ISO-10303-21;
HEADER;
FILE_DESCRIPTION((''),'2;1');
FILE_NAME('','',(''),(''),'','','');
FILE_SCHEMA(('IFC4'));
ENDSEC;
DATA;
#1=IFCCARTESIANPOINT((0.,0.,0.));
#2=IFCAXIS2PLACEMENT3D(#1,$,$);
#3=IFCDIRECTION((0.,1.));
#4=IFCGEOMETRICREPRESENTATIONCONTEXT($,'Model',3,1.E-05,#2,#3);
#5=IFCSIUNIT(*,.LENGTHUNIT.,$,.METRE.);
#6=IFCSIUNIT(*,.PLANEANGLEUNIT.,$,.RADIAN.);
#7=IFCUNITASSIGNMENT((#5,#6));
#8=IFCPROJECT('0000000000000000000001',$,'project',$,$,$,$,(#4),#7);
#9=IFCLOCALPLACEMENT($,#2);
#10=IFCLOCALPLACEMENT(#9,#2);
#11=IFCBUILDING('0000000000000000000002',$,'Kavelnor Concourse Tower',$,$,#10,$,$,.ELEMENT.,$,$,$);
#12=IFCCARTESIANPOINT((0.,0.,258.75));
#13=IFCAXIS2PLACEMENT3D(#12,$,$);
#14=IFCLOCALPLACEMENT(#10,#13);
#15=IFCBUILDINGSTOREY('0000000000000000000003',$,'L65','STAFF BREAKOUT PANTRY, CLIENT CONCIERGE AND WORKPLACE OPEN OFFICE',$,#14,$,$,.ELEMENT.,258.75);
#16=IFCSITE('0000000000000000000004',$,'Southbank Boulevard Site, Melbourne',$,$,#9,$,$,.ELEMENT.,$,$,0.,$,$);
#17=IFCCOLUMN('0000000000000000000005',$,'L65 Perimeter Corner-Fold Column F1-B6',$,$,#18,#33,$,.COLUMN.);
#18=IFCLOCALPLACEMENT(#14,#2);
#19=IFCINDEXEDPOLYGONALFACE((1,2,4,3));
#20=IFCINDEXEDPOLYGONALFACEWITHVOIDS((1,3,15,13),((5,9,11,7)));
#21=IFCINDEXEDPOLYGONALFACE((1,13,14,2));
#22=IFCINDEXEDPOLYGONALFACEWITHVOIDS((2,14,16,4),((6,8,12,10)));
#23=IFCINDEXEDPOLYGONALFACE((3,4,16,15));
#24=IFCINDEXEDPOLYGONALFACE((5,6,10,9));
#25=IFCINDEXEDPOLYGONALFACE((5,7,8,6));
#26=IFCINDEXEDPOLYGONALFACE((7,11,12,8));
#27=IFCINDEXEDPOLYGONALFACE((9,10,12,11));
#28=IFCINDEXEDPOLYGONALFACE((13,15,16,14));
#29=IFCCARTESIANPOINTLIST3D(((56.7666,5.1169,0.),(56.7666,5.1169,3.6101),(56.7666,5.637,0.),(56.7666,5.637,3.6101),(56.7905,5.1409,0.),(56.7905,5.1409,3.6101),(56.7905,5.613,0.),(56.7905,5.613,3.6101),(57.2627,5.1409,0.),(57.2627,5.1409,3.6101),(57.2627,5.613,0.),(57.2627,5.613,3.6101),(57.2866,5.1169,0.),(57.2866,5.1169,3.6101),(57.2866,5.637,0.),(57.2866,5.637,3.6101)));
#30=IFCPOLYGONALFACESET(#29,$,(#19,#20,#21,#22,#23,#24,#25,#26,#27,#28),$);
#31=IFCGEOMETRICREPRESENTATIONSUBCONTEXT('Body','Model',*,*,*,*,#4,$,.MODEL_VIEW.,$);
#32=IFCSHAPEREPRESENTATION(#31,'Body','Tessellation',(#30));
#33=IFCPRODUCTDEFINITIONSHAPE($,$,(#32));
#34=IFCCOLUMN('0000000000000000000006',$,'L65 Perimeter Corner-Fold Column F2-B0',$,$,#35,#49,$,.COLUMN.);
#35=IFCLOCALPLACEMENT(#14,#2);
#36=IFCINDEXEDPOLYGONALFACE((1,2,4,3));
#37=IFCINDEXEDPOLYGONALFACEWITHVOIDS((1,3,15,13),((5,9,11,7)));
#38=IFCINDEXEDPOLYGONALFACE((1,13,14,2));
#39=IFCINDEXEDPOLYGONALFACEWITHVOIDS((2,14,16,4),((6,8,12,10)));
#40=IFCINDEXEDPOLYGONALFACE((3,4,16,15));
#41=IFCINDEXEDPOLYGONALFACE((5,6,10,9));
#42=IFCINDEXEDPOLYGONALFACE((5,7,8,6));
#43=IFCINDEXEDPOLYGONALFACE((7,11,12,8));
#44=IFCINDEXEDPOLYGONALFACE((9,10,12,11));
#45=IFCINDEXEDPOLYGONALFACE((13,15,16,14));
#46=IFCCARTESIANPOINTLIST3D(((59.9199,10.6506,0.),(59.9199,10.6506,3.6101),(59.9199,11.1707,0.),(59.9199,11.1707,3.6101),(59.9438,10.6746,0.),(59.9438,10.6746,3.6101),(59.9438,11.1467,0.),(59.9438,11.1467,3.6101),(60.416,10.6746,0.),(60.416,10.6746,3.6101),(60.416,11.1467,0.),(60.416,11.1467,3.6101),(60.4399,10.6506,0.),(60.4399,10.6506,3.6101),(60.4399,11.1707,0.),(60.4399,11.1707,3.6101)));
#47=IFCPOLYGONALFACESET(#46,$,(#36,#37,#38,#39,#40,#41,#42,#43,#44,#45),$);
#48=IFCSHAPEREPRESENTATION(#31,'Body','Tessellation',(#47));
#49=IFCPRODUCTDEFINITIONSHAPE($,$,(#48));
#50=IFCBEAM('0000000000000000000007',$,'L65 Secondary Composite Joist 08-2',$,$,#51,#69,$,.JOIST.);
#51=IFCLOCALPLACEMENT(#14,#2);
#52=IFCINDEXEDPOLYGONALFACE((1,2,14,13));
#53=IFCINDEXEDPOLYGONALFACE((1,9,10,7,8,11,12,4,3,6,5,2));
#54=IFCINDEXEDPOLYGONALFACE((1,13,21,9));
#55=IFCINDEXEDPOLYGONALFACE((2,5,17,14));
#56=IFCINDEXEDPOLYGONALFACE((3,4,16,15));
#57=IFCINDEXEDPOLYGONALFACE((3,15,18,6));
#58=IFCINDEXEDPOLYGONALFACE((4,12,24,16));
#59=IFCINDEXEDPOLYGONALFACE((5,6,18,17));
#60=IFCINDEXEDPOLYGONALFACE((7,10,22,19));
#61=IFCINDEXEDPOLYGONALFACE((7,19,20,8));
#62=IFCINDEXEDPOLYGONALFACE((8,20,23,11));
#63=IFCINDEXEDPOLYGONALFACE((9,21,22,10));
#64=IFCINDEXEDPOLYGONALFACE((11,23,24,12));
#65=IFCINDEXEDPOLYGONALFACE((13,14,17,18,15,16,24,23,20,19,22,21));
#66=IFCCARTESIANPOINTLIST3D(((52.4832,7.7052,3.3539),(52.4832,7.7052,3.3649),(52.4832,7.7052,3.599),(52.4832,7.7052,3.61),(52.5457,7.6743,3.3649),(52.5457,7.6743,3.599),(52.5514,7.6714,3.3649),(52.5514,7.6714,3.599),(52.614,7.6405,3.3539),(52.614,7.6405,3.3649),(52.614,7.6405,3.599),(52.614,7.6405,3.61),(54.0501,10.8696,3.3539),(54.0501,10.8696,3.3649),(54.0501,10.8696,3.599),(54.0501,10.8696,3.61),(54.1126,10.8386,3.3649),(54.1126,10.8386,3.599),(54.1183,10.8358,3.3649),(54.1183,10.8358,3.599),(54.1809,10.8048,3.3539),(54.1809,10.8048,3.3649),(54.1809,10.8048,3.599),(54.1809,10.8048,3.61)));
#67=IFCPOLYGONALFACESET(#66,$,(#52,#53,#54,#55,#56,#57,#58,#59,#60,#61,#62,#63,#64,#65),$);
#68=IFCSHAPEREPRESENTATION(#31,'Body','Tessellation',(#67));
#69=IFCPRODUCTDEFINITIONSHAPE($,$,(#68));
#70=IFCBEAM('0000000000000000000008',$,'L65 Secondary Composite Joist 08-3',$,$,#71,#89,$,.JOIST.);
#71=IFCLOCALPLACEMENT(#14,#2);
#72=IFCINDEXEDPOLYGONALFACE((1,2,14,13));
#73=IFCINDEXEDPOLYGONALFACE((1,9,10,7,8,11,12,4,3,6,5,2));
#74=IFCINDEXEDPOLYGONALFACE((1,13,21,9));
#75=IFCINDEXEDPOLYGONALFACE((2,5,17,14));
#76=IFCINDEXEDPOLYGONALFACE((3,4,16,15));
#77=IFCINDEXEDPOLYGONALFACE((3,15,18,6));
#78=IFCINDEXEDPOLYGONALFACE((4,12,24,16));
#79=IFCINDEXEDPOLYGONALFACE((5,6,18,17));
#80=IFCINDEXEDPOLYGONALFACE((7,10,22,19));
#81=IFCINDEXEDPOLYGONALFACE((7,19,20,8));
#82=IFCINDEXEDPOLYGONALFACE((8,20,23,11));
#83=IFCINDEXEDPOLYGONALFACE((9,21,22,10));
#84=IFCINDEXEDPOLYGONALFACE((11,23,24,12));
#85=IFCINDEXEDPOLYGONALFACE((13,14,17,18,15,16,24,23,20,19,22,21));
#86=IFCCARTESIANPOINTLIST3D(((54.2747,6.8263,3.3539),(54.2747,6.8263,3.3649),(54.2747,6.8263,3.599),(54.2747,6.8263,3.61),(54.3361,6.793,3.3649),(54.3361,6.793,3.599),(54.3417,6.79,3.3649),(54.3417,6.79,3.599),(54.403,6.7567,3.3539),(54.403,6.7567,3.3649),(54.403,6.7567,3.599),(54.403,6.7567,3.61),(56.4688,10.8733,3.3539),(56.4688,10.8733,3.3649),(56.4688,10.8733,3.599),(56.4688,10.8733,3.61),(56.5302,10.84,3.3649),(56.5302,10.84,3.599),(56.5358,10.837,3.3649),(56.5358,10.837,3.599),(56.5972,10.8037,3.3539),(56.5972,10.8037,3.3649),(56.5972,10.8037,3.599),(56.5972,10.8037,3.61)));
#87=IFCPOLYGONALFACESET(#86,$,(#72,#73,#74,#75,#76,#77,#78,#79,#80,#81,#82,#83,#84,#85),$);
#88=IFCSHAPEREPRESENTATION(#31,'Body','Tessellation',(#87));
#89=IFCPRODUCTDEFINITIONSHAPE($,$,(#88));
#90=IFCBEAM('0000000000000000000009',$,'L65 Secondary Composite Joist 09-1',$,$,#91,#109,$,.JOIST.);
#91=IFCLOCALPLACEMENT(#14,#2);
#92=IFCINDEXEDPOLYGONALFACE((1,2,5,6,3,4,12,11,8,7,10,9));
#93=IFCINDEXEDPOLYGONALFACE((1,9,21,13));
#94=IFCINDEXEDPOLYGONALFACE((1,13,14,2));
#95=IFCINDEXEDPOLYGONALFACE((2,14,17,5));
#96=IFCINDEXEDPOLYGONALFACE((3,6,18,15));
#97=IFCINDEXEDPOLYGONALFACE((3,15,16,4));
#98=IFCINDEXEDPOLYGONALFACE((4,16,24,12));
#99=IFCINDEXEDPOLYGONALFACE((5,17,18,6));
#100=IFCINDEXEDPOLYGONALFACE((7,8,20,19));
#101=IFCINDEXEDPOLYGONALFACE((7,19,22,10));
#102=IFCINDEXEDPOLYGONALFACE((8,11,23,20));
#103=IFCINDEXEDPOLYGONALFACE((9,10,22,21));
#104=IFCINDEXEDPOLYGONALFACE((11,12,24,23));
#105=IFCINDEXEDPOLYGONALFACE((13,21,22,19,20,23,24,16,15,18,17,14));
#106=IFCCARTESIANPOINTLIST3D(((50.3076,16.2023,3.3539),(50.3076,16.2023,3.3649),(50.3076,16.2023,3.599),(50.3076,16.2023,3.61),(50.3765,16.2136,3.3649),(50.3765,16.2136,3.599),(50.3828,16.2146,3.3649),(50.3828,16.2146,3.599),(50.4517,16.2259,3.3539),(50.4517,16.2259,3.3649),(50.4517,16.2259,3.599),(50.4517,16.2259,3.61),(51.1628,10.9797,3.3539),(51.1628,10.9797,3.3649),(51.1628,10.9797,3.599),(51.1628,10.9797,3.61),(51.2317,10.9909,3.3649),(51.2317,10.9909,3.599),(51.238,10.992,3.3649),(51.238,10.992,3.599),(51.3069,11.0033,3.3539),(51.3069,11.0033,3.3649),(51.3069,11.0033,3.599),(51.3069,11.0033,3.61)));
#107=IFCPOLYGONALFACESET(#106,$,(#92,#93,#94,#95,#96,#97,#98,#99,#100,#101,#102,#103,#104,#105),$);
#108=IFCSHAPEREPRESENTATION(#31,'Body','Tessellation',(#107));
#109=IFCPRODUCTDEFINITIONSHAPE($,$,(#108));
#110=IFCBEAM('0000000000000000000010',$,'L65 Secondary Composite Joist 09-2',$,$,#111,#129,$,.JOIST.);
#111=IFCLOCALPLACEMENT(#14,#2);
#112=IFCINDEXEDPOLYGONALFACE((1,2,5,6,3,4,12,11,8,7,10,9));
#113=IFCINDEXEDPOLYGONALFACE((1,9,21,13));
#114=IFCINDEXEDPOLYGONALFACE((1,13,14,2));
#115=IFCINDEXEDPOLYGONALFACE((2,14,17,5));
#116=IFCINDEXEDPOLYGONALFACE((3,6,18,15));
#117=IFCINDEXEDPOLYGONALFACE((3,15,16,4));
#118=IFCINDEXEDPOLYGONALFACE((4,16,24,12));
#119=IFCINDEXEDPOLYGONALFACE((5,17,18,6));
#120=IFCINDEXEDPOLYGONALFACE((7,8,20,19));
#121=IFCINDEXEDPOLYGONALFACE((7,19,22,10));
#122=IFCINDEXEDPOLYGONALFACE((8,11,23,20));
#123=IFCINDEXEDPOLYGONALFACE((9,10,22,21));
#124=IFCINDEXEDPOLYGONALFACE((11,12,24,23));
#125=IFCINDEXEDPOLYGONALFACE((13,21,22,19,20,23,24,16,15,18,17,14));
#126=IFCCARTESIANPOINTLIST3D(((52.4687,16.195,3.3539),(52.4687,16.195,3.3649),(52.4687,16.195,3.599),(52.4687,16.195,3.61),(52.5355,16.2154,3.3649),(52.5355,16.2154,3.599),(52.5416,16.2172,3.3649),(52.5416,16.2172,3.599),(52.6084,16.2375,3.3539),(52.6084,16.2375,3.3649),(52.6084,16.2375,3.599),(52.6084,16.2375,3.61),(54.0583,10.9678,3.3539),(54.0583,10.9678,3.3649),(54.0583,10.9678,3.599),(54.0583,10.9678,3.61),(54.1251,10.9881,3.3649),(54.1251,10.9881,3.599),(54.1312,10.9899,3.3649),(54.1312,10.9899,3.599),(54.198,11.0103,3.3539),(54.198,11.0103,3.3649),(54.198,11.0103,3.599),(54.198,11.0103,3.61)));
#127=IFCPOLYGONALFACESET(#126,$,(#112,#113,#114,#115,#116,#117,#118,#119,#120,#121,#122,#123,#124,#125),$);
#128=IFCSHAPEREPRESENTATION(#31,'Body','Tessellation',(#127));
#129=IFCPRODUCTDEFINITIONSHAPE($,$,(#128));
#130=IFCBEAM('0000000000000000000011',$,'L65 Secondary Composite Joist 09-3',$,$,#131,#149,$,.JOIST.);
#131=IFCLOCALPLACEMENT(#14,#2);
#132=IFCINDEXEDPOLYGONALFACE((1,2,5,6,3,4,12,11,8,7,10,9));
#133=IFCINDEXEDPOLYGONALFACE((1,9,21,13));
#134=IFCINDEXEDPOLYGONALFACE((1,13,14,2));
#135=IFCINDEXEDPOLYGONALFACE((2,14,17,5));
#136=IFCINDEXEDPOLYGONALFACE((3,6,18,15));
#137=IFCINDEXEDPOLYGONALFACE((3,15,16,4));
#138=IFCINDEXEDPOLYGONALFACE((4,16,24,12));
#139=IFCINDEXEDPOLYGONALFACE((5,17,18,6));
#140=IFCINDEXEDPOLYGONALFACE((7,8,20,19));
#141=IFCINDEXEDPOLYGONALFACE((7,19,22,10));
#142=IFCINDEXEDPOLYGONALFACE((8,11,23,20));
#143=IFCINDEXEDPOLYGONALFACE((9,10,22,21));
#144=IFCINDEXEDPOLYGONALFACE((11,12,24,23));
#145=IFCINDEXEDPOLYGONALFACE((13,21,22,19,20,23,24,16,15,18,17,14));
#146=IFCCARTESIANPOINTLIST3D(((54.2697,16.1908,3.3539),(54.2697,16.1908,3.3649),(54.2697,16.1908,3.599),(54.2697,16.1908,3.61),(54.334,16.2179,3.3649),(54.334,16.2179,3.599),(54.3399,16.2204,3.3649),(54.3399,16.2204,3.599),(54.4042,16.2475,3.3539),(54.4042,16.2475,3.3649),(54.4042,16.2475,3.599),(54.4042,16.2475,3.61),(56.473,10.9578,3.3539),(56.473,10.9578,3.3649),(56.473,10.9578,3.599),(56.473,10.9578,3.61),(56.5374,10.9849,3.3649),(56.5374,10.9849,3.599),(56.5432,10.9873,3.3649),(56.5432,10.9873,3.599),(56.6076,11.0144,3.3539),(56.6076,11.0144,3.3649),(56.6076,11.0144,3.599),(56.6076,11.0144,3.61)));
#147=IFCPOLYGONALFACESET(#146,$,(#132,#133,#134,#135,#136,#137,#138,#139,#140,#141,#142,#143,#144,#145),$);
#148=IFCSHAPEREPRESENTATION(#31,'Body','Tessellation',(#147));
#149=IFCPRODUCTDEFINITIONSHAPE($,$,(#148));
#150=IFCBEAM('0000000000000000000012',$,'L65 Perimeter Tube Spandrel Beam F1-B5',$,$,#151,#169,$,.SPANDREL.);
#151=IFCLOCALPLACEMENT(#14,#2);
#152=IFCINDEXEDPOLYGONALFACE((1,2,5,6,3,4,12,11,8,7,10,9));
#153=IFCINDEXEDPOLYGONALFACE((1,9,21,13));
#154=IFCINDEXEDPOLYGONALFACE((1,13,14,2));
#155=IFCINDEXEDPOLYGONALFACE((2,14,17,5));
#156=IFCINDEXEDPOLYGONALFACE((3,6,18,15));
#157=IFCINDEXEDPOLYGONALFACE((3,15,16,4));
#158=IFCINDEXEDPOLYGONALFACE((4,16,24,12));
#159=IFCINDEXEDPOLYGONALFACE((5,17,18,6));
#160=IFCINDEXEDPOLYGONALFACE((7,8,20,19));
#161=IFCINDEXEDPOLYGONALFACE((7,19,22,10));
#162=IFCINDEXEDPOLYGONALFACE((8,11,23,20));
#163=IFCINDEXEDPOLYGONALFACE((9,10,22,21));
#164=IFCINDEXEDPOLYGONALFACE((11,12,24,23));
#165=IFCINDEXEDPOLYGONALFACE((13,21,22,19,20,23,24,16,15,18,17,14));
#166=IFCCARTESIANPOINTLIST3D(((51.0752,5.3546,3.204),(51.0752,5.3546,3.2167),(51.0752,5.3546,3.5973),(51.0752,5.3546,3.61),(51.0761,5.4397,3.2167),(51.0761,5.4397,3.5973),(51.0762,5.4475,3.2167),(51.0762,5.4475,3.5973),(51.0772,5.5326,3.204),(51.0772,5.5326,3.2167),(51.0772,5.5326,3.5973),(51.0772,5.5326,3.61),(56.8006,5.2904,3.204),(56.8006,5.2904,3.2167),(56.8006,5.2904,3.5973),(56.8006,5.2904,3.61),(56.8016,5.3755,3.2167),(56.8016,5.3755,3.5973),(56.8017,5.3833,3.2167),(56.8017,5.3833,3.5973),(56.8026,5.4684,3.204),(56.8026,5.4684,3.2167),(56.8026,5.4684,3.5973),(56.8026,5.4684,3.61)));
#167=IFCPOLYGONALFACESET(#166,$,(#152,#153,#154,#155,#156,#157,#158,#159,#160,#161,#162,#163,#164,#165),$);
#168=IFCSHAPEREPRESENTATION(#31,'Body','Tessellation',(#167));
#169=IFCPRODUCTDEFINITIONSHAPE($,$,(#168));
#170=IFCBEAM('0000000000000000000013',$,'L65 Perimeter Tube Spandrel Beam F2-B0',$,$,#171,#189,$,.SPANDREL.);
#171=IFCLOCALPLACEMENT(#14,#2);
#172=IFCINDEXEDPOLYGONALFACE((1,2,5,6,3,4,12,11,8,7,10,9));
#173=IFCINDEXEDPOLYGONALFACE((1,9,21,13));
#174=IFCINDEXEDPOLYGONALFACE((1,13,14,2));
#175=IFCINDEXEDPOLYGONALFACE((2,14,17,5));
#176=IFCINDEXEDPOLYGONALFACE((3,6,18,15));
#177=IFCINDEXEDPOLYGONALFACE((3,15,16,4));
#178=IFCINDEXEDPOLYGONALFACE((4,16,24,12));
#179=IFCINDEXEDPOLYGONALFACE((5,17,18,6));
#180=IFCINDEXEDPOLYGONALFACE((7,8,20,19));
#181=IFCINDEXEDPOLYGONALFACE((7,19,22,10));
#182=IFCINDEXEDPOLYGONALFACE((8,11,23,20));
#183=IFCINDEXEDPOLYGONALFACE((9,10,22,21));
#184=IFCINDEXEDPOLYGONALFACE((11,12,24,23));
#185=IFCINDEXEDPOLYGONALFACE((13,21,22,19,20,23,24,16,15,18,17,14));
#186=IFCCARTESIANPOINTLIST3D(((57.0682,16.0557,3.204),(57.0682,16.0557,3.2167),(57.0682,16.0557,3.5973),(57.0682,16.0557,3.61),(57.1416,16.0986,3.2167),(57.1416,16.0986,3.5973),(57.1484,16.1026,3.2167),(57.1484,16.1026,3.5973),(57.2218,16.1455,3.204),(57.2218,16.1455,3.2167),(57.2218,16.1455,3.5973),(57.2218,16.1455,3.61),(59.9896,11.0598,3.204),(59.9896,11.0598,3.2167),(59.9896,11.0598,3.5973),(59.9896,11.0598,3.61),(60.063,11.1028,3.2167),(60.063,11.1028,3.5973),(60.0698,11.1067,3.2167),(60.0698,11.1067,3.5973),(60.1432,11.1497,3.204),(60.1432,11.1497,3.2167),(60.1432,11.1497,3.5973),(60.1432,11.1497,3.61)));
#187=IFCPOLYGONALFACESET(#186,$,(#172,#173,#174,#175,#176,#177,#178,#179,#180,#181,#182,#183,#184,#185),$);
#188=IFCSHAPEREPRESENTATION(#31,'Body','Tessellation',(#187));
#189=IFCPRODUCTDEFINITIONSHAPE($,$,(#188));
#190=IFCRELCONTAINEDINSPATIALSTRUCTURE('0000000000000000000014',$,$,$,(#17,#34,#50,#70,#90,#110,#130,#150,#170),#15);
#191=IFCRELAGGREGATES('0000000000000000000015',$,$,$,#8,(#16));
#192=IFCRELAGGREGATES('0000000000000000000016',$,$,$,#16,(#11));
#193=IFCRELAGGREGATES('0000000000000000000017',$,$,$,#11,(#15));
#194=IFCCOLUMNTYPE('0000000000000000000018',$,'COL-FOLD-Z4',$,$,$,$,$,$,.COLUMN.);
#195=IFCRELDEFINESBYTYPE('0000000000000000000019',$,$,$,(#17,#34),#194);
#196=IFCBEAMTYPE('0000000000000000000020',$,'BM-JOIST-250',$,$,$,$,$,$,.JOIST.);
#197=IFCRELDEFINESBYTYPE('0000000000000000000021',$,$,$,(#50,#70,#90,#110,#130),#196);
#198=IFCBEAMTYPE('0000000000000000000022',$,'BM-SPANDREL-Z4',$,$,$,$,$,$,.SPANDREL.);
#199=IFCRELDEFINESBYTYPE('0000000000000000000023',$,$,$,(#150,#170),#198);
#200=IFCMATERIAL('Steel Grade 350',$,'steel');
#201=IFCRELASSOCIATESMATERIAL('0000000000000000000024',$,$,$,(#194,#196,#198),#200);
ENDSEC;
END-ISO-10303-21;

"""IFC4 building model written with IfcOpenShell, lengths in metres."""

from ifc_helpers import new_model, si_unit, direction, frame, origin, origin_2d, place, context, subcontext, project, spatial, hollow_rectangle, i_section, extrude, material, material_profile, profile_set, type_object, element, save


model = new_model("IFC4")

# Units and contexts
model_context = context("Model", 3, precision=1e-05, world=origin(), true_north=direction((0.0, 1.0)))
body_context = subcontext(model_context, "Body", "Model", "MODEL_VIEW")
ifc_project = project(units=[si_unit("LENGTHUNIT", "METRE"), si_unit("PLANEANGLEUNIT", "RADIAN")], contexts=[model_context])

# Site, building, storey
site_placement = place(None, origin())
site = spatial("IfcSite", under=ifc_project, at=site_placement, Name="Southbank Boulevard Site, Melbourne", CompositionType="ELEMENT", RefElevation=0.0)
building_placement = place(site_placement, origin())
building = spatial("IfcBuilding", under=site, at=building_placement, Name="Kavelnor Concourse Tower", CompositionType="ELEMENT")
storey_placement = place(building_placement, frame((0.0, 0.0, 258.75)))
storey = spatial("IfcBuildingStorey", under=building, at=storey_placement, Name="L65", Description="STAFF BREAKOUT PANTRY, CLIENT CONCIERGE AND WORKPLACE OPEN OFFICE", CompositionType="ELEMENT", Elevation=258.75)

# Columns
ifc_material_1 = material(Name="Steel Grade 350", Category="steel")
ifc_material_profile_1 = material_profile(ifc_material_1, hollow_rectangle(XDim=0.52, YDim=0.52, WallThickness=0.0239, at=origin_2d()), Name="SHS 520x520x24")
ifc_profile_set_1 = profile_set([ifc_material_profile_1], Name="Steel Grade 350")
column_type = type_object("IfcColumnType", Name="COL-FOLD-Z4", PredefinedType="COLUMN", material=ifc_profile_set_1)
for number, where, z_axis, x_axis, name in (
    (1, (57.0266, 5.377, 0.0), (0.0, 0.0, 1.0), (1.0, 0.0, 0.0), "L65 Perimeter Corner-Fold Column F1-B6"),
    (2, (60.1799, 10.9106, 0.0), (0.0, 0.0, 1.0), (1.0, 0.0, 0.0), "L65 Perimeter Corner-Fold Column F2-B0"),
):
    element("IfcColumn", number, at=place(storey_placement, frame(where, z_axis=z_axis, x_axis=x_axis)), inside=storey, type_object=column_type, Name=name, PredefinedType="COLUMN", context=body_context, shape_type="SweptSolid", body=[
        extrude(hollow_rectangle(XDim=0.52, YDim=0.52, WallThickness=0.0239, at=origin_2d()), origin(), (0.0, 0.0, 1.0), 3.6101),
    ])

# Beams
ifc_material_profile_2 = material_profile(ifc_material_1, i_section(OverallWidth=0.146, OverallDepth=0.2561, WebThickness=0.0063, FlangeThickness=0.011, at=origin_2d()), Name="250UB37")
ifc_profile_set_2 = profile_set([ifc_material_profile_2], Name="Steel Grade 350")
beam_type_1 = type_object("IfcBeamType", Name="BM-JOIST-250", PredefinedType="JOIST", material=ifc_profile_set_2)
beam_1_placement = place(storey_placement, frame((52.5486, 7.6729, 3.4819), z_axis=(0.443753, 0.896149, 0.0), x_axis=(-0.896149, 0.443753, 0.0)))
element("IfcBeam", 3, at=beam_1_placement, inside=storey, type_object=beam_type_1, Name="L65 Secondary Composite Joist 08-2", PredefinedType="JOIST", context=body_context, shape_type="SweptSolid", body=[
    extrude(i_section(OverallWidth=0.146, OverallDepth=0.2561, WebThickness=0.0063, FlangeThickness=0.011, at=origin_2d()), origin(), (0.0, 0.0, 1.0), 3.531),
])
beam_2_placement = place(storey_placement, frame((54.3389, 6.7915, 3.4819), z_axis=(0.476625, 0.879107, 0.0), x_axis=(-0.879107, 0.476625, 0.0)))
element("IfcBeam", 4, at=beam_2_placement, inside=storey, type_object=beam_type_1, Name="L65 Secondary Composite Joist 08-3", PredefinedType="JOIST", context=body_context, shape_type="SweptSolid", body=[
    extrude(i_section(OverallWidth=0.146, OverallDepth=0.2561, WebThickness=0.0063, FlangeThickness=0.011, at=origin_2d()), origin(), (0.0, 0.0, 1.0), 4.6035),
])
beam_3_placement = place(storey_placement, frame((51.2349, 10.9915, 3.4819), z_axis=(-0.1616, 0.986856, 0.0), x_axis=(-0.986856, -0.1616, 0.0)))
element("IfcBeam", 5, at=beam_3_placement, inside=storey, type_object=beam_type_1, Name="L65 Secondary Composite Joist 09-1", PredefinedType="JOIST", context=body_context, shape_type="SweptSolid", body=[
    extrude(i_section(OverallWidth=0.146, OverallDepth=0.2561, WebThickness=0.0063, FlangeThickness=0.011, at=origin_2d()), origin(), (0.0, 0.0, 1.0), 5.2922),
])
beam_4_placement = place(storey_placement, frame((54.1282, 10.989, 3.4819), z_axis=(-0.290941, 0.956741, 0.0), x_axis=(-0.956741, -0.290941, 0.0)))
element("IfcBeam", 6, at=beam_4_placement, inside=storey, type_object=beam_type_1, Name="L65 Secondary Composite Joist 09-2", PredefinedType="JOIST", context=body_context, shape_type="SweptSolid", body=[
    extrude(i_section(OverallWidth=0.146, OverallDepth=0.2561, WebThickness=0.0063, FlangeThickness=0.011, at=origin_2d()), origin(), (0.0, 0.0, 1.0), 5.4636),
])
beam_5_placement = place(storey_placement, frame((56.5403, 10.9861, 3.4819), z_axis=(-0.388047, 0.921639, 0.0), x_axis=(-0.921639, -0.388047, 0.0)))
element("IfcBeam", 7, at=beam_5_placement, inside=storey, type_object=beam_type_1, Name="L65 Secondary Composite Joist 09-3", PredefinedType="JOIST", context=body_context, shape_type="SweptSolid", body=[
    extrude(i_section(OverallWidth=0.146, OverallDepth=0.2561, WebThickness=0.0063, FlangeThickness=0.011, at=origin_2d()), origin(), (0.0, 0.0, 1.0), 5.678),
])
ifc_material_profile_3 = material_profile(ifc_material_1, i_section(OverallWidth=0.178, OverallDepth=0.406, WebThickness=0.0078, FlangeThickness=0.0127, at=origin_2d()), Name="410UB59")
ifc_profile_set_3 = profile_set([ifc_material_profile_3], Name="Steel Grade 350")
beam_type_2 = type_object("IfcBeamType", Name="BM-SPANDREL-Z4", PredefinedType="SPANDREL", material=ifc_profile_set_3)
beam_6_placement = place(storey_placement, frame((51.0762, 5.4436, 3.407), z_axis=(0.999937, -0.011214, 0.0), x_axis=(0.011214, 0.999937, 0.0)))
element("IfcBeam", 8, at=beam_6_placement, inside=storey, type_object=beam_type_2, Name="L65 Perimeter Tube Spandrel Beam F1-B5", PredefinedType="SPANDREL", context=body_context, shape_type="SweptSolid", body=[
    extrude(i_section(OverallWidth=0.178, OverallDepth=0.406, WebThickness=0.0078, FlangeThickness=0.0127, at=origin_2d()), origin(), (0.0, 0.0, 1.0), 5.7258),
])
beam_7_placement = place(storey_placement, frame((60.0664, 11.1047, 3.407), z_axis=(-0.504791, 0.863241, 0.0), x_axis=(-0.863241, -0.504791, 0.0)))
element("IfcBeam", 9, at=beam_7_placement, inside=storey, type_object=beam_type_2, Name="L65 Perimeter Tube Spandrel Beam F2-B0", PredefinedType="SPANDREL", context=body_context, shape_type="SweptSolid", body=[
    extrude(i_section(OverallWidth=0.178, OverallDepth=0.406, WebThickness=0.0078, FlangeThickness=0.0127, at=origin_2d()), origin(), (0.0, 0.0, 1.0), 5.7874),
])

save(model, "model.ifc")
